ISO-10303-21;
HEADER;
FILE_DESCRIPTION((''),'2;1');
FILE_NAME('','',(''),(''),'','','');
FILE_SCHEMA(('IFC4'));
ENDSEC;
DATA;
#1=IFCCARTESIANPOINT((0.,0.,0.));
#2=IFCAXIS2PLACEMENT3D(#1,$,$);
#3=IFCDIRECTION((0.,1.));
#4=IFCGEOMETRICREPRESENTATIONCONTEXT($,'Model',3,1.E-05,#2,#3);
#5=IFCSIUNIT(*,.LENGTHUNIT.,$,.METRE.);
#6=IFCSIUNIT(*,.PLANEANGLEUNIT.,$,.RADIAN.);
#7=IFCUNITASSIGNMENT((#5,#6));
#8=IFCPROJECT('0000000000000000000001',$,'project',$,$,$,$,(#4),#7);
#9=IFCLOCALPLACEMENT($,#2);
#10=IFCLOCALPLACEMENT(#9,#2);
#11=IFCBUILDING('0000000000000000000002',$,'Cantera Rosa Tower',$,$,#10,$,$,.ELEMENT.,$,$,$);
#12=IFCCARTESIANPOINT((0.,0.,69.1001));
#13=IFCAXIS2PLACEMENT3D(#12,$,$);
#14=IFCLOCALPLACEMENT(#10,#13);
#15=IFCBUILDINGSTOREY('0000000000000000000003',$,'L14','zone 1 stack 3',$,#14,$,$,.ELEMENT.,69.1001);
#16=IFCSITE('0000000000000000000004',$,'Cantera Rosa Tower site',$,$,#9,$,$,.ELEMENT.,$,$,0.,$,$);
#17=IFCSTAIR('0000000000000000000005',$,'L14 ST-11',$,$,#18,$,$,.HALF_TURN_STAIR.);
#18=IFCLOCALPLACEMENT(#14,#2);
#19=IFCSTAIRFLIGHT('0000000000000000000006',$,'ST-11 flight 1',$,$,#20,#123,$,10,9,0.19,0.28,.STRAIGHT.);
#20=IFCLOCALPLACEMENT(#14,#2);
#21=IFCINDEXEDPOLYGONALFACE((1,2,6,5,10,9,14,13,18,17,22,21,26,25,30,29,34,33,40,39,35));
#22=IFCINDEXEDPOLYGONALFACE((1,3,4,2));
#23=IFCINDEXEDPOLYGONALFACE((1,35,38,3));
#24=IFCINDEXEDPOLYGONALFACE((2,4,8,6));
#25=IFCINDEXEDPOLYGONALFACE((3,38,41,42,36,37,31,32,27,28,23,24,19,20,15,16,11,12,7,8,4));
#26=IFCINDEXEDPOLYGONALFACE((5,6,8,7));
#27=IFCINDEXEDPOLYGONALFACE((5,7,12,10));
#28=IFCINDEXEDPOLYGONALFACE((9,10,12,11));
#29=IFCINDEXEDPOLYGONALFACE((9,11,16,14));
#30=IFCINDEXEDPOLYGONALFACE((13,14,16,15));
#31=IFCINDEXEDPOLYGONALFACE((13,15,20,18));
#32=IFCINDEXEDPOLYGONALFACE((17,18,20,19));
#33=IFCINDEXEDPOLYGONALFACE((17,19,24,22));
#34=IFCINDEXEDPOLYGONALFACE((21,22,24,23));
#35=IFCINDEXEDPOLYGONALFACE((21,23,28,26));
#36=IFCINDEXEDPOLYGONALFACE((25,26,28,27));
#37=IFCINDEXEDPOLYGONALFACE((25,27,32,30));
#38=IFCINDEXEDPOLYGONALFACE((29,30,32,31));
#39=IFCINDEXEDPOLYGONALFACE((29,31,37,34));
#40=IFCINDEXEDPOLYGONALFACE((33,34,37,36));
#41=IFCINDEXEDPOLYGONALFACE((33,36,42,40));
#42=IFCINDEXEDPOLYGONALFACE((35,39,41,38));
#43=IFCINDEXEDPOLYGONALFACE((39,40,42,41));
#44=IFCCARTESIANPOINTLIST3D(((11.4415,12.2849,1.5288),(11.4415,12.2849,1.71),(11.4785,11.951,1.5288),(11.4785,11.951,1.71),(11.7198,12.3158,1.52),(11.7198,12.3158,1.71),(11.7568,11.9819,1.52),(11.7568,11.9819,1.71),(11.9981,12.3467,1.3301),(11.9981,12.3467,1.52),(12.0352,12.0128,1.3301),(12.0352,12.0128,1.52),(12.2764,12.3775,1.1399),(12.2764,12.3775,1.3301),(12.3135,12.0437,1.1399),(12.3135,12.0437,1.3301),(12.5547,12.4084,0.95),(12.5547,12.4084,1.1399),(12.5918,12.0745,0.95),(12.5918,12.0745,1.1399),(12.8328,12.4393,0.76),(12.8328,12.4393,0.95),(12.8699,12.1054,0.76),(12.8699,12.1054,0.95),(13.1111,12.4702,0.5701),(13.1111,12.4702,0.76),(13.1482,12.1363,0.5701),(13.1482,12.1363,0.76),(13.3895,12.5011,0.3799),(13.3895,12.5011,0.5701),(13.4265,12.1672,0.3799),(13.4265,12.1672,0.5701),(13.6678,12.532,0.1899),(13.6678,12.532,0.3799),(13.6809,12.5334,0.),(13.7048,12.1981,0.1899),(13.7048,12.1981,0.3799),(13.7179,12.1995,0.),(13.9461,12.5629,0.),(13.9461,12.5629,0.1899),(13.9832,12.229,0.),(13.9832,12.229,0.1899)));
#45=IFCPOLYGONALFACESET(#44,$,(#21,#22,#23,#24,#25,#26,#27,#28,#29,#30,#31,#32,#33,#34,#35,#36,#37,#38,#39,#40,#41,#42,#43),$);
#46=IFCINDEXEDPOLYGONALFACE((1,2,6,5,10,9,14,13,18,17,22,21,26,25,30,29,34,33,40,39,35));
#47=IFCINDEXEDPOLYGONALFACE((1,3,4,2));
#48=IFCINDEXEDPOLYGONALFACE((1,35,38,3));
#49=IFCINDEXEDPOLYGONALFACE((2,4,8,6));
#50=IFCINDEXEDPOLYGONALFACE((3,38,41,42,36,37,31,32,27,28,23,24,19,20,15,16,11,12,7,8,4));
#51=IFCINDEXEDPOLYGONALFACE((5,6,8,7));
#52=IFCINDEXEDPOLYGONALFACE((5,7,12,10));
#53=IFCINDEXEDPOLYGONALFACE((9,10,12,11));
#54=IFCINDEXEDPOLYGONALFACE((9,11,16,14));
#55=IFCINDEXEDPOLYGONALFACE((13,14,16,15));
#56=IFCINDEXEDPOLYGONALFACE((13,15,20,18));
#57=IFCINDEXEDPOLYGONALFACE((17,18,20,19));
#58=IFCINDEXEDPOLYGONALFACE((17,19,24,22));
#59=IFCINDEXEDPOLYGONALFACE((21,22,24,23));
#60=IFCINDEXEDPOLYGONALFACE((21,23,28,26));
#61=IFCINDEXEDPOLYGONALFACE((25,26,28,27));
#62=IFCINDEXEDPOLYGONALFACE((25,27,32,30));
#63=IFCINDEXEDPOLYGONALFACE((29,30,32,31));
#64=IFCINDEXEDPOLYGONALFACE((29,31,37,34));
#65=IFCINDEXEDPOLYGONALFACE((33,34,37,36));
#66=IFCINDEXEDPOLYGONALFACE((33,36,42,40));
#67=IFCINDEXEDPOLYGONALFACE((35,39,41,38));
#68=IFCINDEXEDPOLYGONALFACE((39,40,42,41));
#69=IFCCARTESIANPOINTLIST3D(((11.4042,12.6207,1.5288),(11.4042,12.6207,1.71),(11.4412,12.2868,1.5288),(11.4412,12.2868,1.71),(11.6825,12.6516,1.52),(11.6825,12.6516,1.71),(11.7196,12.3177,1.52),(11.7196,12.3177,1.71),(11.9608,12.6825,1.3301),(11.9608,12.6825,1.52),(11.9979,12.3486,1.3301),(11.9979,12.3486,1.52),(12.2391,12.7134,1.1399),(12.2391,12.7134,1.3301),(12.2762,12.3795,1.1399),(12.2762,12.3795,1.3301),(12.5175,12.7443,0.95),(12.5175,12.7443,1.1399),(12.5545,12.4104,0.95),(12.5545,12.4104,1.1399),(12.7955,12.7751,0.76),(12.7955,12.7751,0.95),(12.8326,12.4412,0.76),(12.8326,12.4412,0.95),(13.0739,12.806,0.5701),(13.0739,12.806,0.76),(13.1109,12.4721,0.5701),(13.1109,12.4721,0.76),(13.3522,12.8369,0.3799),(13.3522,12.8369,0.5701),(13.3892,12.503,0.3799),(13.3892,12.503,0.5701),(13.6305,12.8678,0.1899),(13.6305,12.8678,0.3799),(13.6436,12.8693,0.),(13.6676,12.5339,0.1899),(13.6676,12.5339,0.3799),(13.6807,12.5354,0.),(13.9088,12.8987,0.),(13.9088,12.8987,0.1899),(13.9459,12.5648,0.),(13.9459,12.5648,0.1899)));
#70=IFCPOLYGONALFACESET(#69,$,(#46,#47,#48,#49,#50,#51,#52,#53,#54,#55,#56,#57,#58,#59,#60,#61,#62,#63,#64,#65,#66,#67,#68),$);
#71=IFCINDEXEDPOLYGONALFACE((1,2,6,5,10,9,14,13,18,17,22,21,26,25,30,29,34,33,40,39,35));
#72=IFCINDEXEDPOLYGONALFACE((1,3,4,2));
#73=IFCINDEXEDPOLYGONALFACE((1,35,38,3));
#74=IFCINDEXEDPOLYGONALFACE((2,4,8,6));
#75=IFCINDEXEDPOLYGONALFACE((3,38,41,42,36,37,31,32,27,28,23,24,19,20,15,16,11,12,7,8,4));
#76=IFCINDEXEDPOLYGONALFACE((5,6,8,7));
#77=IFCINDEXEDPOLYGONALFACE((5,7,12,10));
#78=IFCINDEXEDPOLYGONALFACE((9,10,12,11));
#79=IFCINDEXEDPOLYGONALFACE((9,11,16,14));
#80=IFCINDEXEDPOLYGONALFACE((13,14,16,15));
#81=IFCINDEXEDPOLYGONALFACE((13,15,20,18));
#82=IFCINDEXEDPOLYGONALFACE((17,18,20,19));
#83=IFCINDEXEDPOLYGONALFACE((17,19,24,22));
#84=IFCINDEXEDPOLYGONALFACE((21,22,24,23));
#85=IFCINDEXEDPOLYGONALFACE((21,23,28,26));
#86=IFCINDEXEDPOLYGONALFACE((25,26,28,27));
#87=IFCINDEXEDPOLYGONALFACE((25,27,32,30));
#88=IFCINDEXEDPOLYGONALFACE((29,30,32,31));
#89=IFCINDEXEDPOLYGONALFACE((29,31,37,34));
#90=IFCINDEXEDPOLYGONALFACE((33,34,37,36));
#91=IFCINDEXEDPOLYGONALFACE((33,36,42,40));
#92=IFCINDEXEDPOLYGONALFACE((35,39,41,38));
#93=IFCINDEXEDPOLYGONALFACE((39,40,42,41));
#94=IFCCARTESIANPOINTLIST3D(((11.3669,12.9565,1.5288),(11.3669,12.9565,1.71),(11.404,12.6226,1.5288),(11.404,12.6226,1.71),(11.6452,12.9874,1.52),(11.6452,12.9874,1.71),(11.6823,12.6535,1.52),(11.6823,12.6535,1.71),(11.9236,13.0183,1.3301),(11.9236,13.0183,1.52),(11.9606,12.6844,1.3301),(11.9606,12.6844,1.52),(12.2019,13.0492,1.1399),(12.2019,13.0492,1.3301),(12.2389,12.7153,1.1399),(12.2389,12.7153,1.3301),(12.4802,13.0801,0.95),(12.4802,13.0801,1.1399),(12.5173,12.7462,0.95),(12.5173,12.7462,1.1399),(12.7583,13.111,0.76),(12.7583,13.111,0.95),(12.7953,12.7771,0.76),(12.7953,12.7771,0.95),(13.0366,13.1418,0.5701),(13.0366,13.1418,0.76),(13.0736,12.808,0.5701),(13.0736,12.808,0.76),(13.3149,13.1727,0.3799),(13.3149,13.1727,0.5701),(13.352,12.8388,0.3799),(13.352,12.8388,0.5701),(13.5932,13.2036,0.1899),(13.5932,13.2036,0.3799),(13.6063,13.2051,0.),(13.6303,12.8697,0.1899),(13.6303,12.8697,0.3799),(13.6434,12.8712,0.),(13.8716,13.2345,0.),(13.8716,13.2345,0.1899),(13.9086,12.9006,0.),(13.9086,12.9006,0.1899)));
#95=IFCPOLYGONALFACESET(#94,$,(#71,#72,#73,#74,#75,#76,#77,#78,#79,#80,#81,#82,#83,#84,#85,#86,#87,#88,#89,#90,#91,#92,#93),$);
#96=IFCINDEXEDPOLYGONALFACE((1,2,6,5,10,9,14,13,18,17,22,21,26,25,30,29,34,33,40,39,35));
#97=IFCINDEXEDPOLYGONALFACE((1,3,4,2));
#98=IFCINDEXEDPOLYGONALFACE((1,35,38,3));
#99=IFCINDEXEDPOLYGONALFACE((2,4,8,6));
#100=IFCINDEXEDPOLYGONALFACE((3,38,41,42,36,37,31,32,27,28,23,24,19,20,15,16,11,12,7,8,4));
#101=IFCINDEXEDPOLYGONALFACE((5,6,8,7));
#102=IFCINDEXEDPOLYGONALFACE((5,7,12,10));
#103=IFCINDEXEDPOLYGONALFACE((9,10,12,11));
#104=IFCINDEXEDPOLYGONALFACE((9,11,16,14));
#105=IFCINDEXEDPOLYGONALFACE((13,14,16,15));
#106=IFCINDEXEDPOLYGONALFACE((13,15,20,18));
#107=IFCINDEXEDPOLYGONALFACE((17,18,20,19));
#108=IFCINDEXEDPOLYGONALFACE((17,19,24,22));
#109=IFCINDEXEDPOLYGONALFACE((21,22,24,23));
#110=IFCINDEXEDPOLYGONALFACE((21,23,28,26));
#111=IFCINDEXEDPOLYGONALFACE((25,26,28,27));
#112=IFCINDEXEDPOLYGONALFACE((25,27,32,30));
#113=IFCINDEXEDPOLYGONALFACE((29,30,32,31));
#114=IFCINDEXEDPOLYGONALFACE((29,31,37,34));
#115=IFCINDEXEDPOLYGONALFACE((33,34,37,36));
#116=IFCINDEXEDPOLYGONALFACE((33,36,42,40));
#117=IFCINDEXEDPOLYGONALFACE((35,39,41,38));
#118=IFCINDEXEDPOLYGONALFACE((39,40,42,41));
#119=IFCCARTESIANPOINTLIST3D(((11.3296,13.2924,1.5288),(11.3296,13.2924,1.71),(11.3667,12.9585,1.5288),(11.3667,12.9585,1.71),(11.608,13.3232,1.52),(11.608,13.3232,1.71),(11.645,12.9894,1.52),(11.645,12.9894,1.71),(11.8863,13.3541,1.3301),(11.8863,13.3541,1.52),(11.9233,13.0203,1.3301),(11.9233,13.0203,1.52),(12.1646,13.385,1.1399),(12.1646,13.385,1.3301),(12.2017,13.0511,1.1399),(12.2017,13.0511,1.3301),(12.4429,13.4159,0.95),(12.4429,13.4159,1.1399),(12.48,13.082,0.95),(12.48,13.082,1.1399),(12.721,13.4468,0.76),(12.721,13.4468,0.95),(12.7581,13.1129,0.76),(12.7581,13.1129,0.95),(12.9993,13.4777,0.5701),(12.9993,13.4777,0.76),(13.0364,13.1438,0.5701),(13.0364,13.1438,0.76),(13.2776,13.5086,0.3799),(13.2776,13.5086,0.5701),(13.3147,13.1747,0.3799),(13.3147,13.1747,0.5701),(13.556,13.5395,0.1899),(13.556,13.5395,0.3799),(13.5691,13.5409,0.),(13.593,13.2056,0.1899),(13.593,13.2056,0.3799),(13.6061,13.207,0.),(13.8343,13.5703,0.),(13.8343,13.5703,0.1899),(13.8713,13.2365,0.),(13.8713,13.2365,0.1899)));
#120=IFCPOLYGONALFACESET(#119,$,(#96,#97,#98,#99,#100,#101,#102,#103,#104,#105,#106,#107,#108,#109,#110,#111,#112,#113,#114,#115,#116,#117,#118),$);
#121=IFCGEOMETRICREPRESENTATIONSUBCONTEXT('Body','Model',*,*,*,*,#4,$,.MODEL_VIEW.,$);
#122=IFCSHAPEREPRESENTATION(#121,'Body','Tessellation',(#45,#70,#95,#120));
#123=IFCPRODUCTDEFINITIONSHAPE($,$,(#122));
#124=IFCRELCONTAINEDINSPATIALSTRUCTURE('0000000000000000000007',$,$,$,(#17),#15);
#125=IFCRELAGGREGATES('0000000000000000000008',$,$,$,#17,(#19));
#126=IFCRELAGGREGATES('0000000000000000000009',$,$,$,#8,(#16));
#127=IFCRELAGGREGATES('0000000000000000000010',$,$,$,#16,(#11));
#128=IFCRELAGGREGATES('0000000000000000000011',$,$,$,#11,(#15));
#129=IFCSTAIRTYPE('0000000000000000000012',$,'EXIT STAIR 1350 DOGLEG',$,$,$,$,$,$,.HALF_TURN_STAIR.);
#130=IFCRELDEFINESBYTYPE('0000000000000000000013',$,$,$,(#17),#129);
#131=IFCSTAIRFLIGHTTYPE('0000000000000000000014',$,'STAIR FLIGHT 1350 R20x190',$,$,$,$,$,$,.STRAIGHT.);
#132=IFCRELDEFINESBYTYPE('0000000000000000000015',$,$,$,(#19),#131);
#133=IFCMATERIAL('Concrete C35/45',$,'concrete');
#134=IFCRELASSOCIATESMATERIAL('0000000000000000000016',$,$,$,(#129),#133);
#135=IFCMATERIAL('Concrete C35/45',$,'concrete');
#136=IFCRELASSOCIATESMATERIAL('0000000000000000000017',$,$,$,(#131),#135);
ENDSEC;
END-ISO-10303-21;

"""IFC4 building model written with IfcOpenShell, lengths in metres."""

from ifc_helpers import new_model, si_unit, direction, frame, origin, place, context, subcontext, project, spatial, polyline, outline, extrude, material, type_object, element, aggregate, save


model = new_model("IFC4")

# Units and contexts
model_context = context("Model", 3, precision=1e-05, world=origin(), true_north=direction((0.0, 1.0)))
body_context = subcontext(model_context, "Body", "Model", "MODEL_VIEW")
ifc_project = project(units=[si_unit("LENGTHUNIT", "METRE"), si_unit("PLANEANGLEUNIT", "RADIAN")], contexts=[model_context])

# Site, building, storey
site_placement = place(None, origin())
site = spatial("IfcSite", under=ifc_project, at=site_placement, Name="Cantera Rosa Tower site", CompositionType="ELEMENT", RefElevation=0.0)
building_placement = place(site_placement, origin())
building = spatial("IfcBuilding", under=site, at=building_placement, Name="Cantera Rosa Tower", CompositionType="ELEMENT")
storey_placement = place(building_placement, frame((0.0, 0.0, 69.1001)))
storey = spatial("IfcBuildingStorey", under=building, at=storey_placement, Name="L14", Description="zone 1 stack 3", CompositionType="ELEMENT", Elevation=69.1001)

# Stair, stair flight
ifc_material_1 = material(Name="Concrete C35/45", Category="concrete")
stair_type = type_object("IfcStairType", Name="EXIT STAIR 1350 DOGLEG", PredefinedType="HALF_TURN_STAIR", material=ifc_material_1)
stair_placement = place(storey_placement, origin())
stair = element("IfcStair", 1, at=stair_placement, inside=storey, type_object=stair_type, Name="L14 ST-11", PredefinedType="HALF_TURN_STAIR")
ifc_material_2 = material(Name="Concrete C35/45", Category="concrete")
stair_flight_type = type_object("IfcStairFlightType", Name="STAIR FLIGHT 1350 R20x190", PredefinedType="STRAIGHT", material=ifc_material_2)
stair_flight_placement = place(storey_placement, frame((13.9087, 12.8999, 0.0), z_axis=(0.0, 0.0, 1.0), x_axis=(-0.993897, -0.110313, 0.0)))
stair_flight = element("IfcStairFlight", 2, at=stair_flight_placement, type_object=stair_flight_type, Name="ST-11 flight 1", NumberOfRisers=10, NumberOfTreads=9, PredefinedType="STRAIGHT", RiserHeight=0.19, TreadLength=0.28, context=body_context, shape_type="SweptSolid", body=[
    extrude(outline(polyline([(0.0, 0.0), (0.0, 0.1899), (0.28, 0.1899), (0.28, 0.3799), (0.5601, 0.3799), (0.5601, 0.5701), (0.8401, 0.5701), (0.8401, 0.76), (1.1201, 0.76), (1.1201, 0.95), (1.3999, 0.95), (1.3999, 1.1399), (1.6799, 1.1399), (1.6799, 1.3301), (1.96, 1.3301), (1.96, 1.52), (2.24, 1.52), (2.24, 1.71), (2.52, 1.71), (2.52, 1.8999), (2.52, 1.5288), (0.2668, 0.0), (0.0, 0.0)])), frame((0.0, 0.675, 0.0), z_axis=(0.0, -1.0, 0.0), x_axis=(1.0, 0.0, 0.0)), (0.0, 0.0, 1.0), 0.3359),
    extrude(outline(polyline([(0.0, 0.0), (0.0, 0.1899), (0.28, 0.1899), (0.28, 0.3799), (0.5601, 0.3799), (0.5601, 0.5701), (0.8401, 0.5701), (0.8401, 0.76), (1.1201, 0.76), (1.1201, 0.95), (1.3999, 0.95), (1.3999, 1.1399), (1.6799, 1.1399), (1.6799, 1.3301), (1.96, 1.3301), (1.96, 1.52), (2.24, 1.52), (2.24, 1.71), (2.52, 1.71), (2.52, 1.8999), (2.52, 1.5288), (0.2668, 0.0), (0.0, 0.0)])), frame((0.0, 0.3372, 0.0), z_axis=(0.0, -1.0, 0.0), x_axis=(1.0, 0.0, 0.0)), (0.0, 0.0, 1.0), 0.3359),
    extrude(outline(polyline([(0.0, 0.0), (0.0, 0.1899), (0.28, 0.1899), (0.28, 0.3799), (0.5601, 0.3799), (0.5601, 0.5701), (0.8401, 0.5701), (0.8401, 0.76), (1.1201, 0.76), (1.1201, 0.95), (1.3999, 0.95), (1.3999, 1.1399), (1.6799, 1.1399), (1.6799, 1.3301), (1.96, 1.3301), (1.96, 1.52), (2.24, 1.52), (2.24, 1.71), (2.52, 1.71), (2.52, 1.8999), (2.52, 1.5288), (0.2668, 0.0), (0.0, 0.0)])), frame((0.0, -0.0007, 0.0), z_axis=(0.0, -1.0, 0.0), x_axis=(1.0, 0.0, 0.0)), (0.0, 0.0, 1.0), 0.3359),
    extrude(outline(polyline([(0.0, 0.0), (0.0, 0.1899), (0.28, 0.1899), (0.28, 0.3799), (0.5601, 0.3799), (0.5601, 0.5701), (0.8401, 0.5701), (0.8401, 0.76), (1.1201, 0.76), (1.1201, 0.95), (1.3999, 0.95), (1.3999, 1.1399), (1.6799, 1.1399), (1.6799, 1.3301), (1.96, 1.3301), (1.96, 1.52), (2.24, 1.52), (2.24, 1.71), (2.52, 1.71), (2.52, 1.8999), (2.52, 1.5288), (0.2668, 0.0), (0.0, 0.0)])), frame((0.0, -0.3386, 0.0), z_axis=(0.0, -1.0, 0.0), x_axis=(1.0, 0.0, 0.0)), (0.0, 0.0, 1.0), 0.3359),
])
aggregate(stair, [stair_flight])

save(model, "model.ifc")
